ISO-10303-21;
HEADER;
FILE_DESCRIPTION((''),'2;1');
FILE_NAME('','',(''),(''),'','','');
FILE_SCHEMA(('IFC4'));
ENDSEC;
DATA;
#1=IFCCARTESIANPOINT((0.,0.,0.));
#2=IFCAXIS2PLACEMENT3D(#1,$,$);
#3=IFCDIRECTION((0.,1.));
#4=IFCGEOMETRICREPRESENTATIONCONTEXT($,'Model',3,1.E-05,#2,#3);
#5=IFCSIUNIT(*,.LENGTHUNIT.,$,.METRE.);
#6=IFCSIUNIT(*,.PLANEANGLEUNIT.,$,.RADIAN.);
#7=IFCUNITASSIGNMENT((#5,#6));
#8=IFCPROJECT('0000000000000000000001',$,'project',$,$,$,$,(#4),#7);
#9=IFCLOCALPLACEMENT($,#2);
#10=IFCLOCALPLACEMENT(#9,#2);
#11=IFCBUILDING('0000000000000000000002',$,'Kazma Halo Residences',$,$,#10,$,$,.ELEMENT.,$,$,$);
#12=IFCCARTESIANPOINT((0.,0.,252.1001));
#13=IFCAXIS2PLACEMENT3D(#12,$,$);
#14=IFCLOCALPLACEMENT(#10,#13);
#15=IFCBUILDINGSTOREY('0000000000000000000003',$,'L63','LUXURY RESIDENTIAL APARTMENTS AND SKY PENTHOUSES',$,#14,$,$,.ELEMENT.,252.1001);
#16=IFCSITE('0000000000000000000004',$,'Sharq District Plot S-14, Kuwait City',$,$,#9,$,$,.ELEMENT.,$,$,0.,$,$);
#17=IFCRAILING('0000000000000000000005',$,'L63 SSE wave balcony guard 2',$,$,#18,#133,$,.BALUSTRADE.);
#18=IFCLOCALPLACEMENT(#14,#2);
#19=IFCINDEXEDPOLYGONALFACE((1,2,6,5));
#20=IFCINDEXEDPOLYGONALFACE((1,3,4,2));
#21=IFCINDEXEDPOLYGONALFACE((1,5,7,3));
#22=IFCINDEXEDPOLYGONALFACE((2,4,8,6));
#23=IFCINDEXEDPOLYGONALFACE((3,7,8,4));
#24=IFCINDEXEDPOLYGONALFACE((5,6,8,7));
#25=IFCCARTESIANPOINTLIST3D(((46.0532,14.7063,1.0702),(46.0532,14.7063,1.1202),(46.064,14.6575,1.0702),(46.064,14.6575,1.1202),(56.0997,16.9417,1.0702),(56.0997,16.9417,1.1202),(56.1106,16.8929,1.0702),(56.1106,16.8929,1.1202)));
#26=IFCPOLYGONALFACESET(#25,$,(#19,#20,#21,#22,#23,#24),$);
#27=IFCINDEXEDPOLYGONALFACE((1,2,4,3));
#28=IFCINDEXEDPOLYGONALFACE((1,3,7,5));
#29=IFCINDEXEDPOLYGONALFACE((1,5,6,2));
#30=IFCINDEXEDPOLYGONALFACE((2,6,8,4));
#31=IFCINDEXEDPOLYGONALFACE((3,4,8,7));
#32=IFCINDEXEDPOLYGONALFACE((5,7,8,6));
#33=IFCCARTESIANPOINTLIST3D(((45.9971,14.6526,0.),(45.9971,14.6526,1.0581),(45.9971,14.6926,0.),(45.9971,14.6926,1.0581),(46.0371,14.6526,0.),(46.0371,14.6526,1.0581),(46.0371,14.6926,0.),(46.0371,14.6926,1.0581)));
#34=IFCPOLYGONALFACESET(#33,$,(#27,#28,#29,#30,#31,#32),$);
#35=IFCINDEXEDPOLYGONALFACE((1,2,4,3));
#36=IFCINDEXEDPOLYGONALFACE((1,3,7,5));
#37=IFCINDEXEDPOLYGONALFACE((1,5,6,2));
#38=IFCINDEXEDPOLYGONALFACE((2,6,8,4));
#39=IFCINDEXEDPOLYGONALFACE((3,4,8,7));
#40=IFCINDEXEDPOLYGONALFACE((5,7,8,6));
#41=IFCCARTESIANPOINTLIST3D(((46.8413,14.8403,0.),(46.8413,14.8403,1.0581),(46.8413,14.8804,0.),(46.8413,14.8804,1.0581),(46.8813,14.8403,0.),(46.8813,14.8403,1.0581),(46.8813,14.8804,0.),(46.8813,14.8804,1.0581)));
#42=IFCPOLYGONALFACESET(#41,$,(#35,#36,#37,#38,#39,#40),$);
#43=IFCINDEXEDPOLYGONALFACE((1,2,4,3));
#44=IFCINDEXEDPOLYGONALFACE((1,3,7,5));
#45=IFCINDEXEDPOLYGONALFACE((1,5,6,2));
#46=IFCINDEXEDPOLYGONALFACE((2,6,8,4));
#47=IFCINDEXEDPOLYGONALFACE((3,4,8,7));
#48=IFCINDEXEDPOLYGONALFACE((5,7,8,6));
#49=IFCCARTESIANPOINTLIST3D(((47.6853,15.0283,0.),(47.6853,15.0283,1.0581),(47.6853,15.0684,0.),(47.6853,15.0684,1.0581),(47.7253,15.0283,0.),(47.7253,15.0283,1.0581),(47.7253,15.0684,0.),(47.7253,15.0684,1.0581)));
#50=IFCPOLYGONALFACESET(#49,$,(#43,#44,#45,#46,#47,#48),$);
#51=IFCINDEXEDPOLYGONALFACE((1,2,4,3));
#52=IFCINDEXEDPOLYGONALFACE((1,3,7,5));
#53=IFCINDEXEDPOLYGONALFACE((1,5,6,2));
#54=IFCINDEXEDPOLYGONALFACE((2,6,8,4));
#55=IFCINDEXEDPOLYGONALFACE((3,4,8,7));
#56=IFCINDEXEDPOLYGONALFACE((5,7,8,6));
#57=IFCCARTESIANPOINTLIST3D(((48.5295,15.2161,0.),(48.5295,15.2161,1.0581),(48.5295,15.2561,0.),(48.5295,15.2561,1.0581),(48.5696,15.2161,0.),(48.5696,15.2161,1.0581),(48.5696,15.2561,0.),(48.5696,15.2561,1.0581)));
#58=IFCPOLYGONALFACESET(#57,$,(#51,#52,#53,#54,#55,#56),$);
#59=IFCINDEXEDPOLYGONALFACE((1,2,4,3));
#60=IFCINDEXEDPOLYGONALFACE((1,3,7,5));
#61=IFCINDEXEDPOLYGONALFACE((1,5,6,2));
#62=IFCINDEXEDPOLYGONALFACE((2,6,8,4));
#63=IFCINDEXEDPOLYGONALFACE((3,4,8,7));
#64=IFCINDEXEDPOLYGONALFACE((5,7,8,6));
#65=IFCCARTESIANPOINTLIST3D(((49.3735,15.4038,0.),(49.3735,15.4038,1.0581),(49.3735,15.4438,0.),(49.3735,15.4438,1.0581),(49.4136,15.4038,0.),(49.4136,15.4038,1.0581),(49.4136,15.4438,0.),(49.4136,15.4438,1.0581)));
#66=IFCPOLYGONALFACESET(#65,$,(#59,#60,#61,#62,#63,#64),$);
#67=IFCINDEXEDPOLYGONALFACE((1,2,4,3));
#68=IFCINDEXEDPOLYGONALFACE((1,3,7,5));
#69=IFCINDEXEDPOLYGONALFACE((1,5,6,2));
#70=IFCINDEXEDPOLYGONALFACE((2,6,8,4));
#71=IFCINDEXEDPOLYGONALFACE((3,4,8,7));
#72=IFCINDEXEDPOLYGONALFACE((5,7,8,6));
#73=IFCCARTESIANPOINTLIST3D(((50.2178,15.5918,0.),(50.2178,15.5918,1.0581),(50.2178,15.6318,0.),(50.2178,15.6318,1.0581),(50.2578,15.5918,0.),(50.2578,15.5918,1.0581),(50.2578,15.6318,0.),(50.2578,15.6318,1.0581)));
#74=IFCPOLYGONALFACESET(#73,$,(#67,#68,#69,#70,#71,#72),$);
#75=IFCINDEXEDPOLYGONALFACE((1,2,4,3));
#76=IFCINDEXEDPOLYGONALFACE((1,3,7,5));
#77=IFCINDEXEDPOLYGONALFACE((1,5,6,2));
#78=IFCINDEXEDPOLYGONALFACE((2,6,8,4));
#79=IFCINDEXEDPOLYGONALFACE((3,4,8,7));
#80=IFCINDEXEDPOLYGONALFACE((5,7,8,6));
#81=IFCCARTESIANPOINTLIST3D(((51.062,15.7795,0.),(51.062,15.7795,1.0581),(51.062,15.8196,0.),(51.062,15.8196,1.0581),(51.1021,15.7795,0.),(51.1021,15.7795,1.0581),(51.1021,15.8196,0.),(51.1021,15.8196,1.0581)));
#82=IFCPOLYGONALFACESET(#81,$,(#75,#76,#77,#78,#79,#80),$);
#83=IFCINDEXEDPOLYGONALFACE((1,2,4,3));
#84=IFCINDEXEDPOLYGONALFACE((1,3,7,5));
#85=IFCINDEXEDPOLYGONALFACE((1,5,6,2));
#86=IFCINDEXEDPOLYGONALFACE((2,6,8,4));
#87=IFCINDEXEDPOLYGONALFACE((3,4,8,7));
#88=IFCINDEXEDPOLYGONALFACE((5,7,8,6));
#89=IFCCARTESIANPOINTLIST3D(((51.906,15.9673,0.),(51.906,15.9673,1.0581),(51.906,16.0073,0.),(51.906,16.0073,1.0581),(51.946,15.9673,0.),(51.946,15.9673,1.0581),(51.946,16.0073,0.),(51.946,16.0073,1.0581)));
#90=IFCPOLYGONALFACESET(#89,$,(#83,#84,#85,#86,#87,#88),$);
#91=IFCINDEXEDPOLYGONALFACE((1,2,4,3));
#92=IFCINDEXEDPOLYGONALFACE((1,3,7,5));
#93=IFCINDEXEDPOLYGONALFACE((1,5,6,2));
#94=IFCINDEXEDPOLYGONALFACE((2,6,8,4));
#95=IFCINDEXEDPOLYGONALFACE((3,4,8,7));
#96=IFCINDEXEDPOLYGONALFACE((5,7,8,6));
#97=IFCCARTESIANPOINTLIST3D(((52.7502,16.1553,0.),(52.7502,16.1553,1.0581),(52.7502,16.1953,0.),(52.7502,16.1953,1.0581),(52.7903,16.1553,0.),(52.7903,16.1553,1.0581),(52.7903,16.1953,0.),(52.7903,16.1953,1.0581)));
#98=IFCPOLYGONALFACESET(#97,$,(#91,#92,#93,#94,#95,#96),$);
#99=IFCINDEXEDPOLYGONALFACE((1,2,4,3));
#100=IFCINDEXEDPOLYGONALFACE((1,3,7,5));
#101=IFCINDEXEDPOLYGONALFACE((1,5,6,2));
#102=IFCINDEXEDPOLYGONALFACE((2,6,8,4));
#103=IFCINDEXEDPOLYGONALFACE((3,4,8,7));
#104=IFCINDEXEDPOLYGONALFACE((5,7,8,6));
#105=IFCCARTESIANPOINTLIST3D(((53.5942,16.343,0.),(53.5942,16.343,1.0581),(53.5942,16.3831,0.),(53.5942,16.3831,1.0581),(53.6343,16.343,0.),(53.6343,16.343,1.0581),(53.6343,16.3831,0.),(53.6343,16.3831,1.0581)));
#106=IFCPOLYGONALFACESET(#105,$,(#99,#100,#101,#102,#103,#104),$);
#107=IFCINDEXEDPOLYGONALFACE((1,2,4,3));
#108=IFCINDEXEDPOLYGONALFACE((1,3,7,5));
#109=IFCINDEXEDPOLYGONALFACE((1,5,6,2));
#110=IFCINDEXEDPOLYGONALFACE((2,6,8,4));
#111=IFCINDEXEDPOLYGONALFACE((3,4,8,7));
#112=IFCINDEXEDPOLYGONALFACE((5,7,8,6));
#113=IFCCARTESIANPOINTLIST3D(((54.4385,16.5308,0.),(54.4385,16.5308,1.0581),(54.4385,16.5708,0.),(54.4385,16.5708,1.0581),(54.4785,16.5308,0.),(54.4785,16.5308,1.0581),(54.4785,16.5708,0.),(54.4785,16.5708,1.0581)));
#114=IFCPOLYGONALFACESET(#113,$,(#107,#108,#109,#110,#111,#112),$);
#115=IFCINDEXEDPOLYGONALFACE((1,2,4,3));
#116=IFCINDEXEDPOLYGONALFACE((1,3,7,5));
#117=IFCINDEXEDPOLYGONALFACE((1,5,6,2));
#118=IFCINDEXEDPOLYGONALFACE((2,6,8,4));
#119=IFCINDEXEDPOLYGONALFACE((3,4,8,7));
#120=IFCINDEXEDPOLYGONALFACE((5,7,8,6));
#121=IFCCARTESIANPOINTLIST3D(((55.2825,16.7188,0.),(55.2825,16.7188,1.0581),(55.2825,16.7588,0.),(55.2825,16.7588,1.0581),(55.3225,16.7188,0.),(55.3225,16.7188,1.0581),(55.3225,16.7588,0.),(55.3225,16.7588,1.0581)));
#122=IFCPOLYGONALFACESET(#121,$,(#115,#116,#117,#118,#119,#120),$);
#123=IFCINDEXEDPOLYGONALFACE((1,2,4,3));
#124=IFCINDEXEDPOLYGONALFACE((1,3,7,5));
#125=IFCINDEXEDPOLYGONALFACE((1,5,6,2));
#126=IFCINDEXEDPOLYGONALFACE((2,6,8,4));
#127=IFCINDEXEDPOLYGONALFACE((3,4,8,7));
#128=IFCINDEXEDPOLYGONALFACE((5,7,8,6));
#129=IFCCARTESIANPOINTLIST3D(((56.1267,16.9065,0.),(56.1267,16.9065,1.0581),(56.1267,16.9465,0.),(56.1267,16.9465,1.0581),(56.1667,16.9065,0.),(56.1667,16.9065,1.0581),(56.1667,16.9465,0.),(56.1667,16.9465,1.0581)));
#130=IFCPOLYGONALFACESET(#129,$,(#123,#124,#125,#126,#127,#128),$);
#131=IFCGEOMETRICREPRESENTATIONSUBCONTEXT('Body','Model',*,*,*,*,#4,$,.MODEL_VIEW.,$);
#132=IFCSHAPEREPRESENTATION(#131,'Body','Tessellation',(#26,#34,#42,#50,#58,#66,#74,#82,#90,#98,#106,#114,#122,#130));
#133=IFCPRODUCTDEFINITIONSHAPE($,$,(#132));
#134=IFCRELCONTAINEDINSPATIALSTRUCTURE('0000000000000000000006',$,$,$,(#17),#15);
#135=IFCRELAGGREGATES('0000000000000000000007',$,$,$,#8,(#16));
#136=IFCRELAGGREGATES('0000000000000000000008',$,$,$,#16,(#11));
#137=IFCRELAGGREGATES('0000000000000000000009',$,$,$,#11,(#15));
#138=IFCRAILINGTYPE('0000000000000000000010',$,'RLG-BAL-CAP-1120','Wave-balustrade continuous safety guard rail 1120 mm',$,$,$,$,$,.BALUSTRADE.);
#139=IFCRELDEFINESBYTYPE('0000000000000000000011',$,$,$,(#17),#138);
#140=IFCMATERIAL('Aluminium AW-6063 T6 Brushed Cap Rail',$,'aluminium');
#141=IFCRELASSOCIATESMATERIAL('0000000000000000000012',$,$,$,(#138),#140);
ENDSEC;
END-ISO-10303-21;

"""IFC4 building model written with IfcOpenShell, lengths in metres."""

from ifc_helpers import new_model, si_unit, direction, frame, origin, origin_2d, place, context, subcontext, project, spatial, rectangle, extrude, material, type_object, element, save


model = new_model("IFC4")

# Units and contexts
model_context = context("Model", 3, precision=1e-05, world=origin(), true_north=direction((0.0, 1.0)))
body_context = subcontext(model_context, "Body", "Model", "MODEL_VIEW")
ifc_project = project(units=[si_unit("LENGTHUNIT", "METRE"), si_unit("PLANEANGLEUNIT", "RADIAN")], contexts=[model_context])

# Site, building, storey
site_placement = place(None, origin())
site = spatial("IfcSite", under=ifc_project, at=site_placement, Name="Sharq District Plot S-14, Kuwait City", CompositionType="ELEMENT", RefElevation=0.0)
building_placement = place(site_placement, origin())
building = spatial("IfcBuilding", under=site, at=building_placement, Name="Kazma Halo Residences", CompositionType="ELEMENT")
storey_placement = place(building_placement, frame((0.0, 0.0, 252.1001)))
storey = spatial("IfcBuildingStorey", under=building, at=storey_placement, Name="L63", Description="LUXURY RESIDENTIAL APARTMENTS AND SKY PENTHOUSES", CompositionType="ELEMENT", Elevation=252.1001)

# Railing
ifc_material_1 = material(Name="Aluminium AW-6063 T6 Brushed Cap Rail", Category="aluminium")
railing_type = type_object("IfcRailingType", Name="RLG-BAL-CAP-1120", Description="Wave-balustrade continuous safety guard rail 1120 mm", PredefinedType="BALUSTRADE", material=ifc_material_1)
railing_1_placement = place(storey_placement, frame((46.0171, 14.6726, 0.0)))
element("IfcRailing", 1, at=railing_1_placement, inside=storey, type_object=railing_type, Name="L63 SSE wave balcony guard 2", PredefinedType="BALUSTRADE", context=body_context, shape_type="SweptSolid", body=[
    extrude(rectangle(XDim=0.05, YDim=0.05, at=origin_2d()), frame((0.0415, 0.0093, 1.0952), z_axis=(0.976128, 0.217194, 0.0), x_axis=(-0.217194, 0.976128, 0.0)), (0.0, 0.0, 1.0), 10.2922),
    extrude(rectangle(XDim=0.04, YDim=0.04, at=origin_2d()), origin(), (0.0, 0.0, 1.0), 1.0581),
    extrude(rectangle(XDim=0.04, YDim=0.04, at=origin_2d()), frame((0.8442, 0.1877, 0.0)), (0.0, 0.0, 1.0), 1.0581),
    extrude(rectangle(XDim=0.04, YDim=0.04, at=origin_2d()), frame((1.6882, 0.3757, 0.0)), (0.0, 0.0, 1.0), 1.0581),
    extrude(rectangle(XDim=0.04, YDim=0.04, at=origin_2d()), frame((2.5325, 0.5635, 0.0)), (0.0, 0.0, 1.0), 1.0581),
    extrude(rectangle(XDim=0.04, YDim=0.04, at=origin_2d()), frame((3.3765, 0.7512, 0.0)), (0.0, 0.0, 1.0), 1.0581),
    extrude(rectangle(XDim=0.04, YDim=0.04, at=origin_2d()), frame((4.2207, 0.9392, 0.0)), (0.0, 0.0, 1.0), 1.0581),
    extrude(rectangle(XDim=0.04, YDim=0.04, at=origin_2d()), frame((5.0649, 1.127, 0.0)), (0.0, 0.0, 1.0), 1.0581),
    extrude(rectangle(XDim=0.04, YDim=0.04, at=origin_2d()), frame((5.9089, 1.3147, 0.0)), (0.0, 0.0, 1.0), 1.0581),
    extrude(rectangle(XDim=0.04, YDim=0.04, at=origin_2d()), frame((6.7532, 1.5027, 0.0)), (0.0, 0.0, 1.0), 1.0581),
    extrude(rectangle(XDim=0.04, YDim=0.04, at=origin_2d()), frame((7.5972, 1.6904, 0.0)), (0.0, 0.0, 1.0), 1.0581),
    extrude(rectangle(XDim=0.04, YDim=0.04, at=origin_2d()), frame((8.4414, 1.8782, 0.0)), (0.0, 0.0, 1.0), 1.0581),
    extrude(rectangle(XDim=0.04, YDim=0.04, at=origin_2d()), frame((9.2854, 2.0662, 0.0)), (0.0, 0.0, 1.0), 1.0581),
    extrude(rectangle(XDim=0.04, YDim=0.04, at=origin_2d()), frame((10.1296, 2.2539, 0.0)), (0.0, 0.0, 1.0), 1.0581),
])

save(model, "model.ifc")
